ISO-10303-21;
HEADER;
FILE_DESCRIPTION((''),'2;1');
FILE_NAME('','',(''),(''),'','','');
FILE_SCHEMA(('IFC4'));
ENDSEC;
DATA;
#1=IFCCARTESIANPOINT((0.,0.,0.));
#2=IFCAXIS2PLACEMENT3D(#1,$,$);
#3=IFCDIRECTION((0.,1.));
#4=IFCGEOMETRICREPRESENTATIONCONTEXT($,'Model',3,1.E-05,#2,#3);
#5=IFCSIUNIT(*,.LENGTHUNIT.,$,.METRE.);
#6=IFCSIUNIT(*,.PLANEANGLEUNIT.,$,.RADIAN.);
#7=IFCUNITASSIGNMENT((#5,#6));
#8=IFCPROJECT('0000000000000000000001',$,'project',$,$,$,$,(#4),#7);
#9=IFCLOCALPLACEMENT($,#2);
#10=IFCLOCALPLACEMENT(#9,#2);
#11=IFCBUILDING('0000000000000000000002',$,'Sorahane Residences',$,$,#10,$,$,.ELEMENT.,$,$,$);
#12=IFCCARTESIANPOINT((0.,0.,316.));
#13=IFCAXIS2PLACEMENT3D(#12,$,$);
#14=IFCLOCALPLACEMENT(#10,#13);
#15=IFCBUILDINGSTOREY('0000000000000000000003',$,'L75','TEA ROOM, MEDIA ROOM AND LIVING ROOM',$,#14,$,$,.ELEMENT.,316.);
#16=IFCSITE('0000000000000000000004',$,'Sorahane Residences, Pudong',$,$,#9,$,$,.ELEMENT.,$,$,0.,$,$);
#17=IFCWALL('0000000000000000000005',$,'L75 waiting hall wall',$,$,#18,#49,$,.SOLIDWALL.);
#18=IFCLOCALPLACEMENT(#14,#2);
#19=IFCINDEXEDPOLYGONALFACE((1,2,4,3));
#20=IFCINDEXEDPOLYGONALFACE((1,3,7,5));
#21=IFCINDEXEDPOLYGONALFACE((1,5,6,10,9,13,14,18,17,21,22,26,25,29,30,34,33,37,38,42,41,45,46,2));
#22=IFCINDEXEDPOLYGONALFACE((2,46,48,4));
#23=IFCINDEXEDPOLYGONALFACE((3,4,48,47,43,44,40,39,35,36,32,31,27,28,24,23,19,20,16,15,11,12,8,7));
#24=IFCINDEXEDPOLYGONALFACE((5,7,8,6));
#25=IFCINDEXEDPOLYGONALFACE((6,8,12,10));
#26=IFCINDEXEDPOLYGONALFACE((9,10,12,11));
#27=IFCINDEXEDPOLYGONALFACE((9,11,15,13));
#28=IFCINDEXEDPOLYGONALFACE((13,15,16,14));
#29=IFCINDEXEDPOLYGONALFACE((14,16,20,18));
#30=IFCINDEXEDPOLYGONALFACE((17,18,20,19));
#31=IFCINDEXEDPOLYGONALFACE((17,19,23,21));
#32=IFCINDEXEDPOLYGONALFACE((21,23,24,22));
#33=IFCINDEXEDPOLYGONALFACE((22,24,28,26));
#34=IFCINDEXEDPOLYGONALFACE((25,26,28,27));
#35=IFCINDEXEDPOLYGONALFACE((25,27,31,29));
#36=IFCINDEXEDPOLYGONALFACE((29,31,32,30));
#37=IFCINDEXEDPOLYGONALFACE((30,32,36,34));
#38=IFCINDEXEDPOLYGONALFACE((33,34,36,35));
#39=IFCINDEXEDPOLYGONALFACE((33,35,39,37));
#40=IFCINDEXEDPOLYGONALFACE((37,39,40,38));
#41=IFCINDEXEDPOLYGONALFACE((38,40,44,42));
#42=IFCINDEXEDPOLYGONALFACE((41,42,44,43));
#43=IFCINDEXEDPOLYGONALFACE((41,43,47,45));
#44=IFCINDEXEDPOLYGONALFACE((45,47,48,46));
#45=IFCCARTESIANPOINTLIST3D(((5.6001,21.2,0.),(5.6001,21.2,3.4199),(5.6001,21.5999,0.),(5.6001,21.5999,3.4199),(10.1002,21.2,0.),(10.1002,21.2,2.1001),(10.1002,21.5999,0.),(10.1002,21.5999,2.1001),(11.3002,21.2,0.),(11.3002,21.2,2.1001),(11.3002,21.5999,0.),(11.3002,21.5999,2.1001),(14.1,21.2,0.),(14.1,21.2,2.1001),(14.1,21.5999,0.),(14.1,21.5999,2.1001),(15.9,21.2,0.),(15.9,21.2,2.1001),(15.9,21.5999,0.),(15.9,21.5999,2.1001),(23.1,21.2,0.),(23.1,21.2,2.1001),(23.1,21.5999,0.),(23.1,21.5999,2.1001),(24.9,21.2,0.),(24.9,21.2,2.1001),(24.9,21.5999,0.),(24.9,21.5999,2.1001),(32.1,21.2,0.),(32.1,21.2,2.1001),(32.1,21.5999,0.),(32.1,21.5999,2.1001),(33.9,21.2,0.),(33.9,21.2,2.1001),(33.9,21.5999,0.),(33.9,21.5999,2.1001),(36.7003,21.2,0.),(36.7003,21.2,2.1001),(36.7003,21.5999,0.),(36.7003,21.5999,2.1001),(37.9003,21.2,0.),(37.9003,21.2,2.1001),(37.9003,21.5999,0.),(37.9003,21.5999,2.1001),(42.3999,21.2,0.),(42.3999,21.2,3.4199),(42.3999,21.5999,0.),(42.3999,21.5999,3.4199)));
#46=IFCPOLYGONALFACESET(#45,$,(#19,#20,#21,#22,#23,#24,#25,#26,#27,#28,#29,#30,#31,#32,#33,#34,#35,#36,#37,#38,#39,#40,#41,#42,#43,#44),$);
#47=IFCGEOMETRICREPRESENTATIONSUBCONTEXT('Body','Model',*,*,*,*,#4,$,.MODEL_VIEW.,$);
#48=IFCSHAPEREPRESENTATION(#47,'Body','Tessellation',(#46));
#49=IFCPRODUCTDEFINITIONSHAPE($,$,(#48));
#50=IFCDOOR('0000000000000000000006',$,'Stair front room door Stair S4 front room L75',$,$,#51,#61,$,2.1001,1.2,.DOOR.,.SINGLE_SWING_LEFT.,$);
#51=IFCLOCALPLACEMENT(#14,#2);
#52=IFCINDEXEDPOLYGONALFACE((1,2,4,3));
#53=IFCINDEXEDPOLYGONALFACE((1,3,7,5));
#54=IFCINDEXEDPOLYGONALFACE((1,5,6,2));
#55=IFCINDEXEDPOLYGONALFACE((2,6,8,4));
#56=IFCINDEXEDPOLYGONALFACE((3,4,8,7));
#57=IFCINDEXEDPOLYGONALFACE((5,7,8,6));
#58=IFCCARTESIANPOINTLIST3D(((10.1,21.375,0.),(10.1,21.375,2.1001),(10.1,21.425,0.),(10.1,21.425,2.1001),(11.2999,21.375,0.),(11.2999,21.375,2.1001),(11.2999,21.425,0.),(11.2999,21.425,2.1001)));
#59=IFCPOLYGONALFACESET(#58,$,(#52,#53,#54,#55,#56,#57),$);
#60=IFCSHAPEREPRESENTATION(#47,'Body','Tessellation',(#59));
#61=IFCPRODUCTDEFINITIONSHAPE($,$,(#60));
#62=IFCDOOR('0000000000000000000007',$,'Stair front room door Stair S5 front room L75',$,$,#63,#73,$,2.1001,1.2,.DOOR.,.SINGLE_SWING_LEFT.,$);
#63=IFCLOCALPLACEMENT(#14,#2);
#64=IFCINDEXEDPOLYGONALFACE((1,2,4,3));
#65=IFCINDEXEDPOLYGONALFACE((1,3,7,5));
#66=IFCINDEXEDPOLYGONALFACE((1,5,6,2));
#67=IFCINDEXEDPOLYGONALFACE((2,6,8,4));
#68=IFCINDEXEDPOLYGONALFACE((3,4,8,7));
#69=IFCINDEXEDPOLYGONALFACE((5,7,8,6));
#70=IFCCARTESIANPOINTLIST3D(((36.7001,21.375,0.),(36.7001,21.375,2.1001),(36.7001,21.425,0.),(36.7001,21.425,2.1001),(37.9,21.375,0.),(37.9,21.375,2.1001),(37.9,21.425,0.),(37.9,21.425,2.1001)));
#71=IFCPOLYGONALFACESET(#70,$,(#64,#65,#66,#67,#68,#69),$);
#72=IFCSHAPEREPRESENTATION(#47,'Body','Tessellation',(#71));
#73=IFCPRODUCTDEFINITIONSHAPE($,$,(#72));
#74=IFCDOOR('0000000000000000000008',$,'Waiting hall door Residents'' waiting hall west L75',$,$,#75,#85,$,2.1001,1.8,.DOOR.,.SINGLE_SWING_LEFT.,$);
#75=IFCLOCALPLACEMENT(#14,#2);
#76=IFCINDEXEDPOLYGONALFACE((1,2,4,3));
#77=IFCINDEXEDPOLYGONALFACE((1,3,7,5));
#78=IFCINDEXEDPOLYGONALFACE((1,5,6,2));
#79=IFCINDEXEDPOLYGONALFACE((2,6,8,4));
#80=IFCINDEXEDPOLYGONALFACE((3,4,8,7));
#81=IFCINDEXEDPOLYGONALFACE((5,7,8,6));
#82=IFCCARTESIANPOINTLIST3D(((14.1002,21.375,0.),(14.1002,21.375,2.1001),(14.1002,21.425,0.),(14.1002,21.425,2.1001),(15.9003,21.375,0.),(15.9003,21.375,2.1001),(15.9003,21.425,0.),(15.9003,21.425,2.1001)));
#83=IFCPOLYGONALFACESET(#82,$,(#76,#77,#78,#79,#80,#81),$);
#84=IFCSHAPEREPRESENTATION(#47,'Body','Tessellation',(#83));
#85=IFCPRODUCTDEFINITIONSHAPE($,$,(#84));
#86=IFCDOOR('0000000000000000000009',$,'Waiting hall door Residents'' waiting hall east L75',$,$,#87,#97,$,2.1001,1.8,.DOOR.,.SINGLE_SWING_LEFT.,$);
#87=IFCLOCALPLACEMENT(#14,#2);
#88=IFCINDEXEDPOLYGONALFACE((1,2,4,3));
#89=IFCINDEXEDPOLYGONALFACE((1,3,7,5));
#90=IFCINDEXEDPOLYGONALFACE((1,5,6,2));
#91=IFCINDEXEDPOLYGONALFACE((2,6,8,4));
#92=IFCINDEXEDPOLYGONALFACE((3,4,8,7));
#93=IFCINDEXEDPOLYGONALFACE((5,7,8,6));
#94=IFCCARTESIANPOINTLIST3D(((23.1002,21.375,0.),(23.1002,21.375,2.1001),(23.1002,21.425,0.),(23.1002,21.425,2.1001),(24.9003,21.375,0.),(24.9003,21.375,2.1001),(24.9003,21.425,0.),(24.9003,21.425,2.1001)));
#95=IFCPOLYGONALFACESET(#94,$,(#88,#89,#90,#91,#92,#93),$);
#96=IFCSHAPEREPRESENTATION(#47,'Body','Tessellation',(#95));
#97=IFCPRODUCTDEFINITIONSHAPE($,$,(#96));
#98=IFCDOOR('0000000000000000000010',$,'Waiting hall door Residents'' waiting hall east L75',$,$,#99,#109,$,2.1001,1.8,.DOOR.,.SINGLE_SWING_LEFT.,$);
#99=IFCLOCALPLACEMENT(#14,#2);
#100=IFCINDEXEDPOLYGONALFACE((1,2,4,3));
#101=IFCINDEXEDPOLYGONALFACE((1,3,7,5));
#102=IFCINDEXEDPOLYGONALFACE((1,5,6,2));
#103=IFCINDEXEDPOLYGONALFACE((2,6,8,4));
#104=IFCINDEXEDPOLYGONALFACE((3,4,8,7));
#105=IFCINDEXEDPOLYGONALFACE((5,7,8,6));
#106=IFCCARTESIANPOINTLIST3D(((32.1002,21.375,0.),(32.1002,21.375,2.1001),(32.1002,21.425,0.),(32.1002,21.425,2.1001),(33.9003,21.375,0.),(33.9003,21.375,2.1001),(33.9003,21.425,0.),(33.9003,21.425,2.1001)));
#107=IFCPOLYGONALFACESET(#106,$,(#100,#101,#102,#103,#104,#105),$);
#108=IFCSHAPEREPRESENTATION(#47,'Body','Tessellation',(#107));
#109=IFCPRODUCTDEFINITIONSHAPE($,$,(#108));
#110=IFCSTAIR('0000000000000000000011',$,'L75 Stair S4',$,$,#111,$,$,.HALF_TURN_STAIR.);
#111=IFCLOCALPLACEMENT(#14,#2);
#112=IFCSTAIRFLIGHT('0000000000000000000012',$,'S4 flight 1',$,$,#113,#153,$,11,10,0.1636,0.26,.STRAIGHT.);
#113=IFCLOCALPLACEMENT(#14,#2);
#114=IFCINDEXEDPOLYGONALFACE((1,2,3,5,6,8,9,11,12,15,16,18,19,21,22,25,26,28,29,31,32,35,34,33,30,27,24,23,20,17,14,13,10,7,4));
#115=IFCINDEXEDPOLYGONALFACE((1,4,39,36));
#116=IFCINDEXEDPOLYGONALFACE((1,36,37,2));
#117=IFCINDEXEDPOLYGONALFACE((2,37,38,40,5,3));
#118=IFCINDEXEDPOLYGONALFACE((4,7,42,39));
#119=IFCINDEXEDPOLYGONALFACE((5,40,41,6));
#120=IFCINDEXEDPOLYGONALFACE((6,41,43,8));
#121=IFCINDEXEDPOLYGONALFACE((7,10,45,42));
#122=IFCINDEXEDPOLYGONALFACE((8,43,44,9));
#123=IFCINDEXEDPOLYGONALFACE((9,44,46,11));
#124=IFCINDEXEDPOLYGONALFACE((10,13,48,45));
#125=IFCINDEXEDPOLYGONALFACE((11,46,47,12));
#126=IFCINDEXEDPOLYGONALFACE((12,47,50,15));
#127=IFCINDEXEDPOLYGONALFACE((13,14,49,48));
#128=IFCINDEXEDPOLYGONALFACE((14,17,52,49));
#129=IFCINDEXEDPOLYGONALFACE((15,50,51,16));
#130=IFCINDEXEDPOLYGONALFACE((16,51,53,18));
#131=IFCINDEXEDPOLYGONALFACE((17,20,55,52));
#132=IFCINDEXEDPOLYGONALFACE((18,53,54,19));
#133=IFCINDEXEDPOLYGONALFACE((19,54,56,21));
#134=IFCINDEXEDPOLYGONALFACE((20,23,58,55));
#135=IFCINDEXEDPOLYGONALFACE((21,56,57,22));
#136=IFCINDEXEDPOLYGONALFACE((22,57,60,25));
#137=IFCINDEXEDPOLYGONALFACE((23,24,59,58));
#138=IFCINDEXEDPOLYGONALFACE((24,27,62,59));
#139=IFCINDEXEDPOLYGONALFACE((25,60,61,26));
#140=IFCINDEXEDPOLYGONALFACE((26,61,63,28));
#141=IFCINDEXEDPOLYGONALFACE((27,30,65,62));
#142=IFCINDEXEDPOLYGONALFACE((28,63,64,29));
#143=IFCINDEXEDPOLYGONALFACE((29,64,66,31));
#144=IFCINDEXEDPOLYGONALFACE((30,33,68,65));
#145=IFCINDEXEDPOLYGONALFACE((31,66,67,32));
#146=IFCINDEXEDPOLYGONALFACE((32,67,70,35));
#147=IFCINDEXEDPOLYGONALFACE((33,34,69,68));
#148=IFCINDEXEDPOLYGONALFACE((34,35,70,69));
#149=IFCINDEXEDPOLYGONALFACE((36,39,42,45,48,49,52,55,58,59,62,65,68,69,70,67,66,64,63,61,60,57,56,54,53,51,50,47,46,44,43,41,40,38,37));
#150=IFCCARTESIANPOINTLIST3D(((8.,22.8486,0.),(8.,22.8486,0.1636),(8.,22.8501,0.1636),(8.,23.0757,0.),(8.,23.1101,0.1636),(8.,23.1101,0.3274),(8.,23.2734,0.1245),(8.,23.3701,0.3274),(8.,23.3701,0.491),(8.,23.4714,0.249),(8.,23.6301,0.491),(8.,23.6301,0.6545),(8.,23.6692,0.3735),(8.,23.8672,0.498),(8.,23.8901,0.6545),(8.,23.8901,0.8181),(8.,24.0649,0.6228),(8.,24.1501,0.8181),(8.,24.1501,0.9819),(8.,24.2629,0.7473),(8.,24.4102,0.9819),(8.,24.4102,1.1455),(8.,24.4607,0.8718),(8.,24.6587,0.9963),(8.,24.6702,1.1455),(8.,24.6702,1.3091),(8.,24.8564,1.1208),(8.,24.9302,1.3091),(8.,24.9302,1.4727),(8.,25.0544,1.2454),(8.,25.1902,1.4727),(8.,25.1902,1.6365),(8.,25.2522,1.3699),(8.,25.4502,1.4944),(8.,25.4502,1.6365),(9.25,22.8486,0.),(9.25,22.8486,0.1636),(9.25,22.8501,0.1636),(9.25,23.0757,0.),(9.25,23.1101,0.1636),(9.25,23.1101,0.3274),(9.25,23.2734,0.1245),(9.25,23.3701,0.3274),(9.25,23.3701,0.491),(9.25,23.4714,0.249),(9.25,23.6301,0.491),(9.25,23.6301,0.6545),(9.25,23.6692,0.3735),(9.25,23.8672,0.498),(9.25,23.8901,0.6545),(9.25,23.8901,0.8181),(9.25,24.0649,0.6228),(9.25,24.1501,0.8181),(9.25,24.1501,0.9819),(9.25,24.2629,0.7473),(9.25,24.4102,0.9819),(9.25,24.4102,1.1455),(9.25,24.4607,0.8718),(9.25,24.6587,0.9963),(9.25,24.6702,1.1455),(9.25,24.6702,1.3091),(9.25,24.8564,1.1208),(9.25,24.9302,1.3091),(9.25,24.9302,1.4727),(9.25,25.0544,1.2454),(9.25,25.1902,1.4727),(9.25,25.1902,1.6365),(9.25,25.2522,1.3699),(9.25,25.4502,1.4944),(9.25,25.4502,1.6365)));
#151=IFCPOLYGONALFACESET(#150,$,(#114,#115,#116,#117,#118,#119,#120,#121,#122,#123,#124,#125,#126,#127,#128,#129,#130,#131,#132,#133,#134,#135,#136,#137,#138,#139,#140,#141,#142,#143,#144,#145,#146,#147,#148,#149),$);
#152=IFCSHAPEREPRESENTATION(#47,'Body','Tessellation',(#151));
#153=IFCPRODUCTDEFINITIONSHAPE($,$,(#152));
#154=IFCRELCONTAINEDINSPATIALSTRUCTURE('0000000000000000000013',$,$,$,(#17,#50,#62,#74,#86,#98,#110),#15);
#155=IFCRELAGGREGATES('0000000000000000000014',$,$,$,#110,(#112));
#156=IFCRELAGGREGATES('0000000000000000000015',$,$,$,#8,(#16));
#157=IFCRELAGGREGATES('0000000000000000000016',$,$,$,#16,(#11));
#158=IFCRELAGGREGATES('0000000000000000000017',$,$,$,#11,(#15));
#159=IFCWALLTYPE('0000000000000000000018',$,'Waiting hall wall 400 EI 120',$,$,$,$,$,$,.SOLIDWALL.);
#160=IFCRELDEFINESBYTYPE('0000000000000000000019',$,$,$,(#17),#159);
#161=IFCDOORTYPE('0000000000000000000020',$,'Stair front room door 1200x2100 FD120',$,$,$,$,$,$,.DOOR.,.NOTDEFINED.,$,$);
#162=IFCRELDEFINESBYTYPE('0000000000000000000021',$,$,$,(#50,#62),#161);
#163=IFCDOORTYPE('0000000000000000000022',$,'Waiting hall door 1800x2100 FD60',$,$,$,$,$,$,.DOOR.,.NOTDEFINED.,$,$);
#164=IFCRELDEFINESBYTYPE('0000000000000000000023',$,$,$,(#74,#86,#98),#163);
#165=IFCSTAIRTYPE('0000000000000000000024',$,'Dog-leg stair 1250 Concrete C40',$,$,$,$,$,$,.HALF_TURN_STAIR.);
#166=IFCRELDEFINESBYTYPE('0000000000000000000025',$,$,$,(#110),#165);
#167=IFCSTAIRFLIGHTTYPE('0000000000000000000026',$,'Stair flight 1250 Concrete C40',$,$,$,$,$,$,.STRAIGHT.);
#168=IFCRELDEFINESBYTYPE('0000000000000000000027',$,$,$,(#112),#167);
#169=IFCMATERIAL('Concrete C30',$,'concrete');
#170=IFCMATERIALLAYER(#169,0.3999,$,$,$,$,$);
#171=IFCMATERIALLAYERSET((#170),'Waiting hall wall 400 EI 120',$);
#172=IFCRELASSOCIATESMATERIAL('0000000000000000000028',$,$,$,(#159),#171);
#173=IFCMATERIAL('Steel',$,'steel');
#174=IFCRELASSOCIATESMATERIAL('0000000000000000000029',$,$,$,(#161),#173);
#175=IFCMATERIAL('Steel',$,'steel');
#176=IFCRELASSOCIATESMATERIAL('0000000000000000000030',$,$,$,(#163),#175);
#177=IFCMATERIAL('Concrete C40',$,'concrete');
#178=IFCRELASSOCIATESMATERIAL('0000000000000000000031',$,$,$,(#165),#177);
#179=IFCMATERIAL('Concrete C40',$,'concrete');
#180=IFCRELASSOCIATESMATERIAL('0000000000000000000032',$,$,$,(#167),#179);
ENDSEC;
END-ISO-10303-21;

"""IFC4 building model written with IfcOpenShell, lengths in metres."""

from ifc_helpers import new_model, si_unit, direction, frame, frame_2d, origin, place, context, subcontext, project, spatial, polyline, rectangle, outline, extrude, material, layer, layer_set, type_object, element, fill, aggregate, save


model = new_model("IFC4")

# Units and contexts
model_context = context("Model", 3, precision=1e-05, world=origin(), true_north=direction((0.0, 1.0)))
body_context = subcontext(model_context, "Body", "Model", "MODEL_VIEW")
ifc_project = project(units=[si_unit("LENGTHUNIT", "METRE"), si_unit("PLANEANGLEUNIT", "RADIAN")], contexts=[model_context])

# Site, building, storey
site_placement = place(None, origin())
site = spatial("IfcSite", under=ifc_project, at=site_placement, Name="Sorahane Residences, Pudong", CompositionType="ELEMENT", RefElevation=0.0)
building_placement = place(site_placement, origin())
building = spatial("IfcBuilding", under=site, at=building_placement, Name="Sorahane Residences", CompositionType="ELEMENT")
storey_placement = place(building_placement, frame((0.0, 0.0, 316.0)))
storey = spatial("IfcBuildingStorey", under=building, at=storey_placement, Name="L75", Description="TEA ROOM, MEDIA ROOM AND LIVING ROOM", CompositionType="ELEMENT", Elevation=316.0)

# Wall, openings, doors
ifc_material_1 = material(Name="Concrete C30", Category="concrete")
ifc_layer_1 = layer(ifc_material_1, 0.3999)
ifc_layer_set_1 = layer_set([ifc_layer_1], Name="Waiting hall wall 400 EI 120")
wall_type_1 = type_object("IfcWallType", Name="Waiting hall wall 400 EI 120", PredefinedType="SOLIDWALL", material=ifc_layer_set_1)
wall_1_placement = place(storey_placement, frame((5.6001, 21.3999, 0.0), z_axis=(0.0, 0.0, 1.0), x_axis=(1.0, 0.0, 0.0)))
wall_1 = element("IfcWall", 1, at=wall_1_placement, inside=storey, type_object=wall_type_1, Name="L75 waiting hall wall", PredefinedType="SOLIDWALL", context=body_context, shape_type="SweptSolid", body=[
    extrude(rectangle(XDim=36.7998, YDim=0.3999, at=frame_2d((18.3999, 0.0))), origin(), (0.0, 0.0, 1.0), 3.4199),
])
opening_1_placement = place(wall_1_placement, frame((8.5, 0.0, 0.0)))
opening_1 = element("IfcOpeningElement", 2, at=opening_1_placement, cuts=wall_1, PredefinedType="OPENING", context=body_context, shape_type="SweptSolid", body=[
    extrude(rectangle(XDim=1.8, YDim=2.1001, at=frame_2d((0.8999, 1.05))), frame((0.0, 0.21, 0.0), z_axis=(0.0, -1.0, 0.0), x_axis=(1.0, 0.0, 0.0)), (0.0, 0.0, 1.0), 0.4199),
])
opening_2_placement = place(wall_1_placement, frame((17.5, 0.0, 0.0)))
opening_2 = element("IfcOpeningElement", 3, at=opening_2_placement, cuts=wall_1, PredefinedType="OPENING", context=body_context, shape_type="SweptSolid", body=[
    extrude(rectangle(XDim=1.8, YDim=2.1001, at=frame_2d((0.8999, 1.05))), frame((0.0, 0.21, 0.0), z_axis=(0.0, -1.0, 0.0), x_axis=(1.0, 0.0, 0.0)), (0.0, 0.0, 1.0), 0.4199),
])
opening_3_placement = place(wall_1_placement, frame((26.5, 0.0, 0.0)))
opening_3 = element("IfcOpeningElement", 4, at=opening_3_placement, cuts=wall_1, PredefinedType="OPENING", context=body_context, shape_type="SweptSolid", body=[
    extrude(rectangle(XDim=1.8, YDim=2.1001, at=frame_2d((0.8999, 1.05))), frame((0.0, 0.21, 0.0), z_axis=(0.0, -1.0, 0.0), x_axis=(1.0, 0.0, 0.0)), (0.0, 0.0, 1.0), 0.4199),
])
opening_4_placement = place(wall_1_placement, frame((4.5, 0.0, 0.0)))
opening_4 = element("IfcOpeningElement", 5, at=opening_4_placement, cuts=wall_1, PredefinedType="OPENING", context=body_context, shape_type="SweptSolid", body=[
    extrude(rectangle(XDim=1.2, YDim=2.1001, at=frame_2d((0.6001, 1.05))), frame((0.0, 0.21, 0.0), z_axis=(0.0, -1.0, 0.0), x_axis=(1.0, 0.0, 0.0)), (0.0, 0.0, 1.0), 0.4199),
])
opening_5_placement = place(wall_1_placement, frame((31.1001, 0.0, 0.0)))
opening_5 = element("IfcOpeningElement", 6, at=opening_5_placement, cuts=wall_1, PredefinedType="OPENING", context=body_context, shape_type="SweptSolid", body=[
    extrude(rectangle(XDim=1.2, YDim=2.1001, at=frame_2d((0.6001, 1.05))), frame((0.0, 0.21, 0.0), z_axis=(0.0, -1.0, 0.0), x_axis=(1.0, 0.0, 0.0)), (0.0, 0.0, 1.0), 0.4199),
])
ifc_material_2 = material(Name="Steel", Category="steel")
door_type_1 = type_object("IfcDoorType", Name="Stair front room door 1200x2100 FD120", OperationType="NOTDEFINED", PredefinedType="DOOR", material=ifc_material_2)
door_1_placement = place(opening_4_placement, frame((1.2, 0.0, 0.0), z_axis=(0.0, 0.0, 1.0), x_axis=(-1.0, 0.0, 0.0)))
door_1 = element("IfcDoor", 7, at=door_1_placement, inside=storey, type_object=door_type_1, Name="Stair front room door Stair S4 front room L75", OperationType="SINGLE_SWING_LEFT", OverallHeight=2.1001, OverallWidth=1.2, PredefinedType="DOOR", context=body_context, shape_type="SweptSolid", body=[
    extrude(rectangle(XDim=1.2, YDim=2.1001, at=frame_2d((0.6001, 1.05))), frame((0.0, 0.0249, 0.0), z_axis=(0.0, -1.0, 0.0), x_axis=(1.0, 0.0, 0.0)), (0.0, 0.0, 1.0), 0.05),
])
fill(opening_4, door_1)
door_2_placement = place(opening_5_placement, frame((1.2, 0.0, 0.0), z_axis=(0.0, 0.0, 1.0), x_axis=(-1.0, 0.0, 0.0)))
door_2 = element("IfcDoor", 8, at=door_2_placement, inside=storey, type_object=door_type_1, Name="Stair front room door Stair S5 front room L75", OperationType="SINGLE_SWING_LEFT", OverallHeight=2.1001, OverallWidth=1.2, PredefinedType="DOOR", context=body_context, shape_type="SweptSolid", body=[
    extrude(rectangle(XDim=1.2, YDim=2.1001, at=frame_2d((0.6001, 1.05))), frame((0.0, 0.0249, 0.0), z_axis=(0.0, -1.0, 0.0), x_axis=(1.0, 0.0, 0.0)), (0.0, 0.0, 1.0), 0.05),
])
fill(opening_5, door_2)
ifc_material_3 = material(Name="Steel", Category="steel")
door_type_2 = type_object("IfcDoorType", Name="Waiting hall door 1800x2100 FD60", OperationType="NOTDEFINED", PredefinedType="DOOR", material=ifc_material_3)
door_3_placement = place(opening_1_placement, frame((1.8, 0.0, 0.0), z_axis=(0.0, 0.0, 1.0), x_axis=(-1.0, 0.0, 0.0)))
door_3 = element("IfcDoor", 9, at=door_3_placement, inside=storey, type_object=door_type_2, Name="Waiting hall door Residents' waiting hall west L75", OperationType="SINGLE_SWING_LEFT", OverallHeight=2.1001, OverallWidth=1.8, PredefinedType="DOOR", context=body_context, shape_type="SweptSolid", body=[
    extrude(rectangle(XDim=1.8, YDim=2.1001, at=frame_2d((0.8999, 1.05))), frame((0.0, 0.0249, 0.0), z_axis=(0.0, -1.0, 0.0), x_axis=(1.0, 0.0, 0.0)), (0.0, 0.0, 1.0), 0.05),
])
fill(opening_1, door_3)
door_4_placement = place(opening_2_placement, frame((1.8, 0.0, 0.0), z_axis=(0.0, 0.0, 1.0), x_axis=(-1.0, 0.0, 0.0)))
door_4 = element("IfcDoor", 10, at=door_4_placement, inside=storey, type_object=door_type_2, Name="Waiting hall door Residents' waiting hall east L75", OperationType="SINGLE_SWING_LEFT", OverallHeight=2.1001, OverallWidth=1.8, PredefinedType="DOOR", context=body_context, shape_type="SweptSolid", body=[
    extrude(rectangle(XDim=1.8, YDim=2.1001, at=frame_2d((0.8999, 1.05))), frame((0.0, 0.0249, 0.0), z_axis=(0.0, -1.0, 0.0), x_axis=(1.0, 0.0, 0.0)), (0.0, 0.0, 1.0), 0.05),
])
fill(opening_2, door_4)
door_5_placement = place(opening_3_placement, frame((1.8, 0.0, 0.0), z_axis=(0.0, 0.0, 1.0), x_axis=(-1.0, 0.0, 0.0)))
door_5 = element("IfcDoor", 11, at=door_5_placement, inside=storey, type_object=door_type_2, Name="Waiting hall door Residents' waiting hall east L75", OperationType="SINGLE_SWING_LEFT", OverallHeight=2.1001, OverallWidth=1.8, PredefinedType="DOOR", context=body_context, shape_type="SweptSolid", body=[
    extrude(rectangle(XDim=1.8, YDim=2.1001, at=frame_2d((0.8999, 1.05))), frame((0.0, 0.0249, 0.0), z_axis=(0.0, -1.0, 0.0), x_axis=(1.0, 0.0, 0.0)), (0.0, 0.0, 1.0), 0.05),
])
fill(opening_3, door_5)

# Stair, stair flight
ifc_material_4 = material(Name="Concrete C40", Category="concrete")
stair_type = type_object("IfcStairType", Name="Dog-leg stair 1250 Concrete C40", PredefinedType="HALF_TURN_STAIR", material=ifc_material_4)
stair_placement = place(storey_placement, origin())
stair = element("IfcStair", 12, at=stair_placement, inside=storey, type_object=stair_type, Name="L75 Stair S4", PredefinedType="HALF_TURN_STAIR")
ifc_material_5 = material(Name="Concrete C40", Category="concrete")
stair_flight_type = type_object("IfcStairFlightType", Name="Stair flight 1250 Concrete C40", PredefinedType="STRAIGHT", material=ifc_material_5)
stair_flight_placement = place(storey_placement, frame((8.625, 22.8501, 0.0), z_axis=(0.0, 0.0, 1.0), x_axis=(0.0, 1.0, 0.0)))
stair_flight = element("IfcStairFlight", 13, at=stair_flight_placement, type_object=stair_flight_type, Name="S4 flight 1", NumberOfRisers=11, NumberOfTreads=10, PredefinedType="STRAIGHT", RiserHeight=0.1636, TreadLength=0.26, context=body_context, shape_type="SweptSolid", body=[
    extrude(outline(polyline([(-0.0015, 0.0), (-0.0015, 0.1636), (0.0, 0.1636), (0.26, 0.1636), (0.26, 0.3274), (0.52, 0.3274), (0.52, 0.491), (0.78, 0.491), (0.78, 0.6545), (1.04, 0.6545), (1.04, 0.8181), (1.3, 0.8181), (1.3, 0.9819), (1.5601, 0.9819), (1.5601, 1.1455), (1.8201, 1.1455), (1.8201, 1.3091), (2.0801, 1.3091), (2.0801, 1.4727), (2.3401, 1.4727), (2.3401, 1.6365), (2.6001, 1.6365), (2.6001, 1.8), (2.6001, 1.4944), (2.4021, 1.3699), (2.2043, 1.2454), (2.0063, 1.1208), (1.8086, 0.9963), (1.6106, 0.8718), (1.4128, 0.7473), (1.2148, 0.6228), (1.0171, 0.498), (0.8191, 0.3735), (0.6213, 0.249), (0.4233, 0.1245), (0.2256, 0.0), (-0.0015, 0.0)])), frame((0.0, 0.625, 0.0), z_axis=(0.0, -1.0, 0.0), x_axis=(1.0, 0.0, 0.0)), (0.0, 0.0, 1.0), 1.25),
])
aggregate(stair, [stair_flight])

save(model, "model.ifc")
